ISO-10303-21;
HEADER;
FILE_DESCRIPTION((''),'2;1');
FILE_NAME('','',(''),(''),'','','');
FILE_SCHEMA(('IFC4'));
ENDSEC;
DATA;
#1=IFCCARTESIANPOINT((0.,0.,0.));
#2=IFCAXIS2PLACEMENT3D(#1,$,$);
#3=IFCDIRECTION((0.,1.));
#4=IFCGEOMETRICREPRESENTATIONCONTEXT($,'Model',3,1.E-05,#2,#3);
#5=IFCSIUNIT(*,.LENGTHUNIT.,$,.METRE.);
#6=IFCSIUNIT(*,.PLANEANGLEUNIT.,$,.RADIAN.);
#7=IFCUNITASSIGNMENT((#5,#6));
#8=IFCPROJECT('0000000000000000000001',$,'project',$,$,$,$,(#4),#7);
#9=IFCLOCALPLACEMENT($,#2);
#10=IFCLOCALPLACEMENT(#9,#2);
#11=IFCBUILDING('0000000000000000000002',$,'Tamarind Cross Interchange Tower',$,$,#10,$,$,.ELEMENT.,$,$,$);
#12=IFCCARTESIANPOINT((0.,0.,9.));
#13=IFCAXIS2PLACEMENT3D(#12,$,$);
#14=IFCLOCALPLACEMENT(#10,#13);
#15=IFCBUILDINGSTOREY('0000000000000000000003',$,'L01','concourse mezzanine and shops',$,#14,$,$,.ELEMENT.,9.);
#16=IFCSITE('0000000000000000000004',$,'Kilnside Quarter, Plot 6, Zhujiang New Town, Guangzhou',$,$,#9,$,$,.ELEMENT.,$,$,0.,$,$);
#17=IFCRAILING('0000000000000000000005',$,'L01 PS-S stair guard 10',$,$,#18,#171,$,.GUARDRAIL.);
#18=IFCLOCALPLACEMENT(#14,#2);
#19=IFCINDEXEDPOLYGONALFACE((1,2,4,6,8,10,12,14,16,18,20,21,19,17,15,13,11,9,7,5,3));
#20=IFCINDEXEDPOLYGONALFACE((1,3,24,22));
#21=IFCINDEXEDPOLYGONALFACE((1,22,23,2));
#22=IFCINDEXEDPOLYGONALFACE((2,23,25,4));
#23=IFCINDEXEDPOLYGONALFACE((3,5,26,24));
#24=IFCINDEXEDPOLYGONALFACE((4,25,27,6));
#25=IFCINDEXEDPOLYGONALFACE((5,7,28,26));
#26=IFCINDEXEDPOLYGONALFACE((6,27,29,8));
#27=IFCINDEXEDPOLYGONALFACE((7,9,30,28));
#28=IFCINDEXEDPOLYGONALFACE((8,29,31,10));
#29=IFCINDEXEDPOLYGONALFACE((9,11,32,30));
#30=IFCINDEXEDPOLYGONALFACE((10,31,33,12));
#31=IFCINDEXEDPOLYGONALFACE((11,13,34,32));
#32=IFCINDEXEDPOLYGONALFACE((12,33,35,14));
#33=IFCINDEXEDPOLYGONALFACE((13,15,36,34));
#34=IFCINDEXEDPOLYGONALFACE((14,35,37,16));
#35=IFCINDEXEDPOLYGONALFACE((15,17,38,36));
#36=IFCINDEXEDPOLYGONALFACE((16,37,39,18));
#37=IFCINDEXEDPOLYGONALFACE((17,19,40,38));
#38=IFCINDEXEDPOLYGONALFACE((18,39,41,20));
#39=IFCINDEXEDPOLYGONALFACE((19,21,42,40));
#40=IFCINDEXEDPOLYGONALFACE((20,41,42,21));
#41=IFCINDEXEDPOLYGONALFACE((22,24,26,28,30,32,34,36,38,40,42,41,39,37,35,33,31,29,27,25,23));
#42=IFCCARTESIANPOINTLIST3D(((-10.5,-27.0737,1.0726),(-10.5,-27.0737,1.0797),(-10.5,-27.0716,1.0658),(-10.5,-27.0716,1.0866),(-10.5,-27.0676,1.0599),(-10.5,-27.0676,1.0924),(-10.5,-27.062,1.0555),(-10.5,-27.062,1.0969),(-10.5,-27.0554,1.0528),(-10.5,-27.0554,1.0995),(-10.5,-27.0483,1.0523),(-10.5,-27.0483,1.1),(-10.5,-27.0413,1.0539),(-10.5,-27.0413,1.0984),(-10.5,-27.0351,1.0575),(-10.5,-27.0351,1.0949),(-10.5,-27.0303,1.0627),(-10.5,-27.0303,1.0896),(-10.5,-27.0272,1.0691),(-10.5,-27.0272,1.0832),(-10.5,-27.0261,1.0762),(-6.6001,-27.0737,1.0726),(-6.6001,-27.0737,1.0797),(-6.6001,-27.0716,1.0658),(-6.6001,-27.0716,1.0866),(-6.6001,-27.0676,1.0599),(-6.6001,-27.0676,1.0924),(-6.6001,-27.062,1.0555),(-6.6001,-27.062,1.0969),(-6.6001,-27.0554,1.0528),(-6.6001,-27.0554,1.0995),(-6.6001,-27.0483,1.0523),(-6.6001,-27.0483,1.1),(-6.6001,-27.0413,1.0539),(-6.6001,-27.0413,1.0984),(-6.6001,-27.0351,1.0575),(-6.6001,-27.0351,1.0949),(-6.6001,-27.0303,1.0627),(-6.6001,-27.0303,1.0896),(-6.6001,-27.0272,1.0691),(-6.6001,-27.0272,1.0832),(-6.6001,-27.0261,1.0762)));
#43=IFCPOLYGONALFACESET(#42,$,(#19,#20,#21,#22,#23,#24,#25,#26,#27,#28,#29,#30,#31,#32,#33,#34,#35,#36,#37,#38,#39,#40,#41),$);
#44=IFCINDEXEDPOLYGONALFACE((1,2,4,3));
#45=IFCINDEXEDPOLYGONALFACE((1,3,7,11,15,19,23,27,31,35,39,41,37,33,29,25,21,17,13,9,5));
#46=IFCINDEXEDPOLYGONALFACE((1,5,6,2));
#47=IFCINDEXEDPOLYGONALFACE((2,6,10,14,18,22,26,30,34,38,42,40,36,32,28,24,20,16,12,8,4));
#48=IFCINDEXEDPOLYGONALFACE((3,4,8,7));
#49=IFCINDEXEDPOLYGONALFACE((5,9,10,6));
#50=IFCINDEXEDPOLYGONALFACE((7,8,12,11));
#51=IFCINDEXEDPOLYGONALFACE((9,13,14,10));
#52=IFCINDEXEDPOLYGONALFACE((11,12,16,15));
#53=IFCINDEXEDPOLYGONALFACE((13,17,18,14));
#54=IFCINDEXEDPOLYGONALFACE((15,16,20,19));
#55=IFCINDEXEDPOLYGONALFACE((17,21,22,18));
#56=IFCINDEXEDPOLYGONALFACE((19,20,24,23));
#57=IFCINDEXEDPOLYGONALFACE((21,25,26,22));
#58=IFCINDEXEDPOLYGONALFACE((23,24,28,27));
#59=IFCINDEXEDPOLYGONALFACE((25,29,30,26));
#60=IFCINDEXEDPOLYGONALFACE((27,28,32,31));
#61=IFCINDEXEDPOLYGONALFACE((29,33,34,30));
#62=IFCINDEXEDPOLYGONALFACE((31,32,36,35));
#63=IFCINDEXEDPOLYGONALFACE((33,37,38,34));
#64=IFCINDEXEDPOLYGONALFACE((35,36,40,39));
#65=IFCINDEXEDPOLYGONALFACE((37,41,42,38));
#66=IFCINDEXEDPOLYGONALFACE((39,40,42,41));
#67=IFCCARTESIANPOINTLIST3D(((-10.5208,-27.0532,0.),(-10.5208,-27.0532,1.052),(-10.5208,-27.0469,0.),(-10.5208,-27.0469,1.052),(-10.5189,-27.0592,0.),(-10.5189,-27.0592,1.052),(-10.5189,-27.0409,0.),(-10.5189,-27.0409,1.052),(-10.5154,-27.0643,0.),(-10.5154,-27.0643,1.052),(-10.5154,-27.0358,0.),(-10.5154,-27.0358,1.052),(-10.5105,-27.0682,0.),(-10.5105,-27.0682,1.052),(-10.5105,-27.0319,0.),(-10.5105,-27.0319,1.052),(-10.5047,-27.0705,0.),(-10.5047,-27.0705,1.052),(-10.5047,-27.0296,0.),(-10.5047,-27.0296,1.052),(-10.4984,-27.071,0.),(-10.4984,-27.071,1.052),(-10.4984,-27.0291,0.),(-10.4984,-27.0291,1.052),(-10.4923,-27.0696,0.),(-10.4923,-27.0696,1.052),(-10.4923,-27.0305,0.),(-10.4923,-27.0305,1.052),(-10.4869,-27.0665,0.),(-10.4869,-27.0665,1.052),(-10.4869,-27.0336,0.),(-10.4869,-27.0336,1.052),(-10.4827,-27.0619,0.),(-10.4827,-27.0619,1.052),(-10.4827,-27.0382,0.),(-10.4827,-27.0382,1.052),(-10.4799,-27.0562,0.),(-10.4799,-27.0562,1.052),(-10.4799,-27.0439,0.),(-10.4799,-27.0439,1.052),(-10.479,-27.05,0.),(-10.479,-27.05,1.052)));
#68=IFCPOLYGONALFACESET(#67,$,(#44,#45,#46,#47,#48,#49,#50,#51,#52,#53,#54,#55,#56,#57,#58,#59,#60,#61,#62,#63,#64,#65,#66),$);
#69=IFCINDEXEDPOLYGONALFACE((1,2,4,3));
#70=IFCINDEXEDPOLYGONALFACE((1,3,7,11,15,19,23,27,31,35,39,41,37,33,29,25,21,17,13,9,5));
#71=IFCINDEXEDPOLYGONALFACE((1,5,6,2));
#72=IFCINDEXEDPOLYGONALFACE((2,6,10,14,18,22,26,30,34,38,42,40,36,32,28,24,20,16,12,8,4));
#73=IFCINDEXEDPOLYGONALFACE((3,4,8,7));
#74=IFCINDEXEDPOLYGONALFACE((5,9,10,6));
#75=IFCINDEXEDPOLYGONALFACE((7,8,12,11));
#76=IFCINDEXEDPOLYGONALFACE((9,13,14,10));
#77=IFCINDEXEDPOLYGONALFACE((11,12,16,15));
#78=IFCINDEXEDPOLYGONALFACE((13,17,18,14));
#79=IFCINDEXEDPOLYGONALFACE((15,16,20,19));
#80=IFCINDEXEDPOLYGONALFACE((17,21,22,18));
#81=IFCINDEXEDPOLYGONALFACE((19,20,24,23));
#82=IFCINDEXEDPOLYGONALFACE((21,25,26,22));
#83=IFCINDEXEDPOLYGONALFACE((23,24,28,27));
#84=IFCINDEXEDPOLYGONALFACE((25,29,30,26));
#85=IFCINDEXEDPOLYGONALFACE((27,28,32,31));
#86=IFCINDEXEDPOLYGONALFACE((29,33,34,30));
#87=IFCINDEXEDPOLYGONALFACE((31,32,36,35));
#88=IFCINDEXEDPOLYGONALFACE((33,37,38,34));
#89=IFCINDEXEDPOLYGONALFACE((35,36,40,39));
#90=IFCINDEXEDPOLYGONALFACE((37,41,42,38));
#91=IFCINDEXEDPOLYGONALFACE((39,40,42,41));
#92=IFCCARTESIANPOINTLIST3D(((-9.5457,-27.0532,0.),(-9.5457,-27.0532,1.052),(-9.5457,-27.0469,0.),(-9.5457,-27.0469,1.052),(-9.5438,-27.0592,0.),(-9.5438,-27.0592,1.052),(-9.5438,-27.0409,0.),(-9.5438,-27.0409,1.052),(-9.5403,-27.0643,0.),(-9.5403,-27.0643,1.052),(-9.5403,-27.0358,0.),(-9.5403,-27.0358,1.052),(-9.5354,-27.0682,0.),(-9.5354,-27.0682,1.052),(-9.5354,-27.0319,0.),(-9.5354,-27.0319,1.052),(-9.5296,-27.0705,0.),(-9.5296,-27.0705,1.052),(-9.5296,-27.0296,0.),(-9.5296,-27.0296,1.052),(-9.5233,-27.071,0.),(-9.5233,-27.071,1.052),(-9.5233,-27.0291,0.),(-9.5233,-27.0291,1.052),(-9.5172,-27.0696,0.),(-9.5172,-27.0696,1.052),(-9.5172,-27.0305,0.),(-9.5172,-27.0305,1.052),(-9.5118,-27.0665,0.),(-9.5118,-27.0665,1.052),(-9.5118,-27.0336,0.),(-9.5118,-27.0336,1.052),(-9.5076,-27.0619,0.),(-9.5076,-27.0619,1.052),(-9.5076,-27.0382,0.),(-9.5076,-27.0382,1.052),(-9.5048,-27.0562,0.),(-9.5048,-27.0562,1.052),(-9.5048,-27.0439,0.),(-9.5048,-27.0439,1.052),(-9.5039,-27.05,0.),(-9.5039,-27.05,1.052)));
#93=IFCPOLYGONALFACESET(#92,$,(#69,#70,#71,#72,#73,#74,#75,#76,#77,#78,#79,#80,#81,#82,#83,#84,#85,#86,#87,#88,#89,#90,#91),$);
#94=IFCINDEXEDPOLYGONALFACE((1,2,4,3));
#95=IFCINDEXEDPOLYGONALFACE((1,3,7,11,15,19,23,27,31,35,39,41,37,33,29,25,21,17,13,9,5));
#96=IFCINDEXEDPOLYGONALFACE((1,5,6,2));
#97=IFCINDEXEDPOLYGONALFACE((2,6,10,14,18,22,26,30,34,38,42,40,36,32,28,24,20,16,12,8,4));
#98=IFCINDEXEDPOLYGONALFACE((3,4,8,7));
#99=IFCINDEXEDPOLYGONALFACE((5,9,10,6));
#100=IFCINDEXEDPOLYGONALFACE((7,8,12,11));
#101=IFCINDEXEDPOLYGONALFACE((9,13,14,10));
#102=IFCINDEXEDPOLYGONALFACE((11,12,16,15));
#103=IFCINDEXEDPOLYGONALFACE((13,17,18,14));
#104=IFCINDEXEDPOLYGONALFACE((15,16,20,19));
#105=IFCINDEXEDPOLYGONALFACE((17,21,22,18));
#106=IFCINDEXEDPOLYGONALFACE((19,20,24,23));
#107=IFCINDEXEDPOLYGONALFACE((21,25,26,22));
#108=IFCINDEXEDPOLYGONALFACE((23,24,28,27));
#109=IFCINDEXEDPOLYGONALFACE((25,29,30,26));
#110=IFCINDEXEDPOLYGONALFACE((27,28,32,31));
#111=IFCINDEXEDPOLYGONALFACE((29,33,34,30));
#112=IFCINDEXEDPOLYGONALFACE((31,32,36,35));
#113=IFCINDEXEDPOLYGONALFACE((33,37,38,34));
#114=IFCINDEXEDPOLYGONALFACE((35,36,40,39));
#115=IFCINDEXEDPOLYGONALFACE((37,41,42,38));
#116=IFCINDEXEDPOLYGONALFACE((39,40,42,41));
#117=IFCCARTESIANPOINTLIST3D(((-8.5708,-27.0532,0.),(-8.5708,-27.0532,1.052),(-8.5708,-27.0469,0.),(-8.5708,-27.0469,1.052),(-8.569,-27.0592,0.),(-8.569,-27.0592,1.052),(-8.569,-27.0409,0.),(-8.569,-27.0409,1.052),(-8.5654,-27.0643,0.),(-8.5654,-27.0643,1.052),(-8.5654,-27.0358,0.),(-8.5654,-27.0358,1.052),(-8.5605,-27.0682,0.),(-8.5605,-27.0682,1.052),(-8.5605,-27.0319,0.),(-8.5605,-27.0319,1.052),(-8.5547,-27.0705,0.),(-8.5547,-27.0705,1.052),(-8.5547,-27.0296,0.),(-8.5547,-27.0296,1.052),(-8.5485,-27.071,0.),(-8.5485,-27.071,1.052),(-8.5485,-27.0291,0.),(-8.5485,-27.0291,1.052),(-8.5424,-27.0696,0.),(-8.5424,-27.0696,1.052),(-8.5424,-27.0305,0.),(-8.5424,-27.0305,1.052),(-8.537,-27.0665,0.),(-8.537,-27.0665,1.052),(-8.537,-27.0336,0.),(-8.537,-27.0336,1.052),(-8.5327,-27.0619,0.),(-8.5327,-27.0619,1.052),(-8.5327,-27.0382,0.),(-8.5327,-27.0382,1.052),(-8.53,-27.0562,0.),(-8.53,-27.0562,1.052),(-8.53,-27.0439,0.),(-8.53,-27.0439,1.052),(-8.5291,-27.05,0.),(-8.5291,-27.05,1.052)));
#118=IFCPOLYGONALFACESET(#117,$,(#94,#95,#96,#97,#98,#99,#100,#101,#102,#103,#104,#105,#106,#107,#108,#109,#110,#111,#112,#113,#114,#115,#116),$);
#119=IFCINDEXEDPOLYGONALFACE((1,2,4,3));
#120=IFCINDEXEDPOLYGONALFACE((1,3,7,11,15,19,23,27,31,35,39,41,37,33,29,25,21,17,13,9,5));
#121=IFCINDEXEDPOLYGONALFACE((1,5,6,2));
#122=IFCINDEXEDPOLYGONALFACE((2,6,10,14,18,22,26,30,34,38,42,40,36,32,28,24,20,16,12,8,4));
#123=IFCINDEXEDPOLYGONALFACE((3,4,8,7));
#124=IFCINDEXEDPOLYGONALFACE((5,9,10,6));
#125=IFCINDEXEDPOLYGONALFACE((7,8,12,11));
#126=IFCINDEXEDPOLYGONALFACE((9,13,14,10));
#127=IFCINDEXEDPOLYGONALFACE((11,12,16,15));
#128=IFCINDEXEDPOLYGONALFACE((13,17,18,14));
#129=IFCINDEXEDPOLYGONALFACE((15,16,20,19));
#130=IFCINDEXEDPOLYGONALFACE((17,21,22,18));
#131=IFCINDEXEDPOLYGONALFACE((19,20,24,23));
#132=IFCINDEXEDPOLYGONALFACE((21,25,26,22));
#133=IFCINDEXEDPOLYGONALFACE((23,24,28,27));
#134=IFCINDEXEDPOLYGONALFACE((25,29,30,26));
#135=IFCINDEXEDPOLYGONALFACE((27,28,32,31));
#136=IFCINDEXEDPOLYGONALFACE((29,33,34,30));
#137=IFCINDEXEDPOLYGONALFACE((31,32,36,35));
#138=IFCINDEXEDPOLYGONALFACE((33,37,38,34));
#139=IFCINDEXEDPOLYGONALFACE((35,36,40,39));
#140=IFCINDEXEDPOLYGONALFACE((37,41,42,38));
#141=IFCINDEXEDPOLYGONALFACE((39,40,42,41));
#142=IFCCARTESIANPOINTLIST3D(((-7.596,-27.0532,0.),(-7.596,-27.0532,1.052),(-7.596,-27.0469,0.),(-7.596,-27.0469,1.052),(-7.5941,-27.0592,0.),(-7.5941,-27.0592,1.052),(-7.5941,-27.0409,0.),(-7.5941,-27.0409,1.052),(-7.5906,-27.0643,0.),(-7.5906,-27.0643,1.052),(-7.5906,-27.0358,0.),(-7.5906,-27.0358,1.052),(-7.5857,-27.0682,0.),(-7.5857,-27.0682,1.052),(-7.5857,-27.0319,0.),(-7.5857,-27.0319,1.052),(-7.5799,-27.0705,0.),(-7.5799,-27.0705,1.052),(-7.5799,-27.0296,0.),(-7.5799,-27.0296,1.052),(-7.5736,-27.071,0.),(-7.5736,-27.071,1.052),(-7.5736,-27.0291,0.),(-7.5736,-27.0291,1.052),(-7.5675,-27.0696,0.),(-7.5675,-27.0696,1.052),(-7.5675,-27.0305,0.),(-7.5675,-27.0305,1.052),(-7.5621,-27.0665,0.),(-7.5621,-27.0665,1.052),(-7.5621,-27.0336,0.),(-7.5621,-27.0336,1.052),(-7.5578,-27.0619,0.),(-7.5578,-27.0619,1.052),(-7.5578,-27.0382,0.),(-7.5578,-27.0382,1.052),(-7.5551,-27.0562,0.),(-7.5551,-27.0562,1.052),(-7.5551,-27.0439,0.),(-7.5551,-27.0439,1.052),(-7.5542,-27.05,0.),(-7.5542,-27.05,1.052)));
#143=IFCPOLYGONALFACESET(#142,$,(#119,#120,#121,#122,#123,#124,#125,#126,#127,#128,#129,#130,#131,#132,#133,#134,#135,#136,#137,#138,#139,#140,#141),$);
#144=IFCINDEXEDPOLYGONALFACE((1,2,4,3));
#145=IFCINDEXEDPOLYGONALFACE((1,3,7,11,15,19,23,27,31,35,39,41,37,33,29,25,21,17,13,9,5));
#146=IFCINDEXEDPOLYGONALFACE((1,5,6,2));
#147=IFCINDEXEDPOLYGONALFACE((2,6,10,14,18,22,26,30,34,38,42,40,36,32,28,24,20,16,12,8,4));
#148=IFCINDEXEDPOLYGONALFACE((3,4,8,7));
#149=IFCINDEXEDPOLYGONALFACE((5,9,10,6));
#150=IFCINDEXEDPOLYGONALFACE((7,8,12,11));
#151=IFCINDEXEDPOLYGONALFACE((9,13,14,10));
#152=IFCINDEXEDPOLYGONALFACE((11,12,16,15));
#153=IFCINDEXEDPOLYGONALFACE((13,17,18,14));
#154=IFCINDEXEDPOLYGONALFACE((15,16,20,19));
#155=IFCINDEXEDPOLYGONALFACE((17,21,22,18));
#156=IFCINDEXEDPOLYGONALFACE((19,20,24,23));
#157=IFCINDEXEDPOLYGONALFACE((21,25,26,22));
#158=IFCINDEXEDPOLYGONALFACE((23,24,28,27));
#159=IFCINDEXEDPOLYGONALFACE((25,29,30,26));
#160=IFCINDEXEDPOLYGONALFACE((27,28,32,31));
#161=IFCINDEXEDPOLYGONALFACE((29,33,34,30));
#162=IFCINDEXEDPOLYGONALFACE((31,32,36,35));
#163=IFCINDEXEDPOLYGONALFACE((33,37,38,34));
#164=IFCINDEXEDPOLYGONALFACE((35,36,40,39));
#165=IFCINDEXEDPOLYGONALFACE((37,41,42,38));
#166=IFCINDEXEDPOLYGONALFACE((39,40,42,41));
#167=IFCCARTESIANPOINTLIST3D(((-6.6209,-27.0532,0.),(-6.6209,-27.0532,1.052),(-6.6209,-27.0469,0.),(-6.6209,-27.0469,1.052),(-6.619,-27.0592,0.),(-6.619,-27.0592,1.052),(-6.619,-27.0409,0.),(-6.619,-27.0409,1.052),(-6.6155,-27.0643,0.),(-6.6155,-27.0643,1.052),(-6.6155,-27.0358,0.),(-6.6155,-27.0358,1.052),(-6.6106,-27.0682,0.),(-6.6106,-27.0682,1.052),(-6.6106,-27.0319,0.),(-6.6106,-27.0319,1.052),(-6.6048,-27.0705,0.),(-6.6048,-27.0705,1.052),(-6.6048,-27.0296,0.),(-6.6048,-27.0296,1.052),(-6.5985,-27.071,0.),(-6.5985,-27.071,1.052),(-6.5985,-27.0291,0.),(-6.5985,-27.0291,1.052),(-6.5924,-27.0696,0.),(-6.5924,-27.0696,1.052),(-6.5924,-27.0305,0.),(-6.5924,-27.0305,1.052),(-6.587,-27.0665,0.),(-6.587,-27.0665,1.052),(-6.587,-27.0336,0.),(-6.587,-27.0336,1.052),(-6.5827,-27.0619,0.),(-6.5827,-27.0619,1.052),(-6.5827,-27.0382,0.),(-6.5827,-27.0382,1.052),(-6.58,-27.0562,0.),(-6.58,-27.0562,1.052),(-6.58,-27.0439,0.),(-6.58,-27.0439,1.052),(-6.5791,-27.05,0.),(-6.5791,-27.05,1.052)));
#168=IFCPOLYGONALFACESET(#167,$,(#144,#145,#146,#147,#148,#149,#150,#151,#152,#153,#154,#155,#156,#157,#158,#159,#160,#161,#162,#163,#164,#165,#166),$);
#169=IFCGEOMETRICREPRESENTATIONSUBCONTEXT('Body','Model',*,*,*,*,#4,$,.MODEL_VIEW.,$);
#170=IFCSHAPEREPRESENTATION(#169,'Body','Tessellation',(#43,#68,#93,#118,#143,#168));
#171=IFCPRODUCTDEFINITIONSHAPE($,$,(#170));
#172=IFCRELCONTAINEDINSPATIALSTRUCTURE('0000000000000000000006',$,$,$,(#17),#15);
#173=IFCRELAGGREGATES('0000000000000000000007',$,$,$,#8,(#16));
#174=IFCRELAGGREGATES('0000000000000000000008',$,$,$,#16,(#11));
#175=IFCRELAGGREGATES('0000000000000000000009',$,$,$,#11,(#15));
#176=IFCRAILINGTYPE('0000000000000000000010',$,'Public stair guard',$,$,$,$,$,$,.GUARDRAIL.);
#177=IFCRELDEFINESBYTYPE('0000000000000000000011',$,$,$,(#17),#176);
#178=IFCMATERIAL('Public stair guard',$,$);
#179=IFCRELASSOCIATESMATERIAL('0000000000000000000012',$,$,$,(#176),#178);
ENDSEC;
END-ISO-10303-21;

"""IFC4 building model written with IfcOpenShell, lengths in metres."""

from ifc_helpers import new_model, si_unit, direction, frame, origin, origin_2d, place, context, subcontext, project, spatial, circle, extrude, material, type_object, element, save


model = new_model("IFC4")

# Units and contexts
model_context = context("Model", 3, precision=1e-05, world=origin(), true_north=direction((0.0, 1.0)))
body_context = subcontext(model_context, "Body", "Model", "MODEL_VIEW")
ifc_project = project(units=[si_unit("LENGTHUNIT", "METRE"), si_unit("PLANEANGLEUNIT", "RADIAN")], contexts=[model_context])

# Site, building, storey
site_placement = place(None, origin())
site = spatial("IfcSite", under=ifc_project, at=site_placement, Name="Kilnside Quarter, Plot 6, Zhujiang New Town, Guangzhou", CompositionType="ELEMENT", RefElevation=0.0)
building_placement = place(site_placement, origin())
building = spatial("IfcBuilding", under=site, at=building_placement, Name="Tamarind Cross Interchange Tower", CompositionType="ELEMENT")
storey_placement = place(building_placement, frame((0.0, 0.0, 9.0)))
storey = spatial("IfcBuildingStorey", under=building, at=storey_placement, Name="L01", Description="concourse mezzanine and shops", CompositionType="ELEMENT", Elevation=9.0)

# Railing
ifc_material_1 = material(Name="Public stair guard")
railing_type_1 = type_object("IfcRailingType", Name="Public stair guard", PredefinedType="GUARDRAIL", material=ifc_material_1)
railing_1_placement = place(storey_placement, frame((-10.5, -27.05, 0.0)))
element("IfcRailing", 1, at=railing_1_placement, inside=storey, type_object=railing_type_1, Name="L01 PS-S stair guard 10", PredefinedType="GUARDRAIL", context=body_context, shape_type="SweptSolid", body=[
    extrude(circle(Radius=0.0239, at=origin_2d()), frame((0.0, 0.0, 1.0762), z_axis=(1.0, 0.0, 0.0), x_axis=(0.0, 1.0, 0.0)), (0.0, 0.0, 1.0), 3.8999),
    extrude(circle(Radius=0.021, at=origin_2d()), origin(), (0.0, 0.0, 1.0), 1.052),
    extrude(circle(Radius=0.021, at=origin_2d()), frame((0.9751, 0.0, 0.0)), (0.0, 0.0, 1.0), 1.052),
    extrude(circle(Radius=0.021, at=origin_2d()), frame((1.95, 0.0, 0.0)), (0.0, 0.0, 1.0), 1.052),
    extrude(circle(Radius=0.021, at=origin_2d()), frame((2.9248, 0.0, 0.0)), (0.0, 0.0, 1.0), 1.052),
    extrude(circle(Radius=0.021, at=origin_2d()), frame((3.8999, 0.0, 0.0)), (0.0, 0.0, 1.0), 1.052),
])

save(model, "model.ifc")
